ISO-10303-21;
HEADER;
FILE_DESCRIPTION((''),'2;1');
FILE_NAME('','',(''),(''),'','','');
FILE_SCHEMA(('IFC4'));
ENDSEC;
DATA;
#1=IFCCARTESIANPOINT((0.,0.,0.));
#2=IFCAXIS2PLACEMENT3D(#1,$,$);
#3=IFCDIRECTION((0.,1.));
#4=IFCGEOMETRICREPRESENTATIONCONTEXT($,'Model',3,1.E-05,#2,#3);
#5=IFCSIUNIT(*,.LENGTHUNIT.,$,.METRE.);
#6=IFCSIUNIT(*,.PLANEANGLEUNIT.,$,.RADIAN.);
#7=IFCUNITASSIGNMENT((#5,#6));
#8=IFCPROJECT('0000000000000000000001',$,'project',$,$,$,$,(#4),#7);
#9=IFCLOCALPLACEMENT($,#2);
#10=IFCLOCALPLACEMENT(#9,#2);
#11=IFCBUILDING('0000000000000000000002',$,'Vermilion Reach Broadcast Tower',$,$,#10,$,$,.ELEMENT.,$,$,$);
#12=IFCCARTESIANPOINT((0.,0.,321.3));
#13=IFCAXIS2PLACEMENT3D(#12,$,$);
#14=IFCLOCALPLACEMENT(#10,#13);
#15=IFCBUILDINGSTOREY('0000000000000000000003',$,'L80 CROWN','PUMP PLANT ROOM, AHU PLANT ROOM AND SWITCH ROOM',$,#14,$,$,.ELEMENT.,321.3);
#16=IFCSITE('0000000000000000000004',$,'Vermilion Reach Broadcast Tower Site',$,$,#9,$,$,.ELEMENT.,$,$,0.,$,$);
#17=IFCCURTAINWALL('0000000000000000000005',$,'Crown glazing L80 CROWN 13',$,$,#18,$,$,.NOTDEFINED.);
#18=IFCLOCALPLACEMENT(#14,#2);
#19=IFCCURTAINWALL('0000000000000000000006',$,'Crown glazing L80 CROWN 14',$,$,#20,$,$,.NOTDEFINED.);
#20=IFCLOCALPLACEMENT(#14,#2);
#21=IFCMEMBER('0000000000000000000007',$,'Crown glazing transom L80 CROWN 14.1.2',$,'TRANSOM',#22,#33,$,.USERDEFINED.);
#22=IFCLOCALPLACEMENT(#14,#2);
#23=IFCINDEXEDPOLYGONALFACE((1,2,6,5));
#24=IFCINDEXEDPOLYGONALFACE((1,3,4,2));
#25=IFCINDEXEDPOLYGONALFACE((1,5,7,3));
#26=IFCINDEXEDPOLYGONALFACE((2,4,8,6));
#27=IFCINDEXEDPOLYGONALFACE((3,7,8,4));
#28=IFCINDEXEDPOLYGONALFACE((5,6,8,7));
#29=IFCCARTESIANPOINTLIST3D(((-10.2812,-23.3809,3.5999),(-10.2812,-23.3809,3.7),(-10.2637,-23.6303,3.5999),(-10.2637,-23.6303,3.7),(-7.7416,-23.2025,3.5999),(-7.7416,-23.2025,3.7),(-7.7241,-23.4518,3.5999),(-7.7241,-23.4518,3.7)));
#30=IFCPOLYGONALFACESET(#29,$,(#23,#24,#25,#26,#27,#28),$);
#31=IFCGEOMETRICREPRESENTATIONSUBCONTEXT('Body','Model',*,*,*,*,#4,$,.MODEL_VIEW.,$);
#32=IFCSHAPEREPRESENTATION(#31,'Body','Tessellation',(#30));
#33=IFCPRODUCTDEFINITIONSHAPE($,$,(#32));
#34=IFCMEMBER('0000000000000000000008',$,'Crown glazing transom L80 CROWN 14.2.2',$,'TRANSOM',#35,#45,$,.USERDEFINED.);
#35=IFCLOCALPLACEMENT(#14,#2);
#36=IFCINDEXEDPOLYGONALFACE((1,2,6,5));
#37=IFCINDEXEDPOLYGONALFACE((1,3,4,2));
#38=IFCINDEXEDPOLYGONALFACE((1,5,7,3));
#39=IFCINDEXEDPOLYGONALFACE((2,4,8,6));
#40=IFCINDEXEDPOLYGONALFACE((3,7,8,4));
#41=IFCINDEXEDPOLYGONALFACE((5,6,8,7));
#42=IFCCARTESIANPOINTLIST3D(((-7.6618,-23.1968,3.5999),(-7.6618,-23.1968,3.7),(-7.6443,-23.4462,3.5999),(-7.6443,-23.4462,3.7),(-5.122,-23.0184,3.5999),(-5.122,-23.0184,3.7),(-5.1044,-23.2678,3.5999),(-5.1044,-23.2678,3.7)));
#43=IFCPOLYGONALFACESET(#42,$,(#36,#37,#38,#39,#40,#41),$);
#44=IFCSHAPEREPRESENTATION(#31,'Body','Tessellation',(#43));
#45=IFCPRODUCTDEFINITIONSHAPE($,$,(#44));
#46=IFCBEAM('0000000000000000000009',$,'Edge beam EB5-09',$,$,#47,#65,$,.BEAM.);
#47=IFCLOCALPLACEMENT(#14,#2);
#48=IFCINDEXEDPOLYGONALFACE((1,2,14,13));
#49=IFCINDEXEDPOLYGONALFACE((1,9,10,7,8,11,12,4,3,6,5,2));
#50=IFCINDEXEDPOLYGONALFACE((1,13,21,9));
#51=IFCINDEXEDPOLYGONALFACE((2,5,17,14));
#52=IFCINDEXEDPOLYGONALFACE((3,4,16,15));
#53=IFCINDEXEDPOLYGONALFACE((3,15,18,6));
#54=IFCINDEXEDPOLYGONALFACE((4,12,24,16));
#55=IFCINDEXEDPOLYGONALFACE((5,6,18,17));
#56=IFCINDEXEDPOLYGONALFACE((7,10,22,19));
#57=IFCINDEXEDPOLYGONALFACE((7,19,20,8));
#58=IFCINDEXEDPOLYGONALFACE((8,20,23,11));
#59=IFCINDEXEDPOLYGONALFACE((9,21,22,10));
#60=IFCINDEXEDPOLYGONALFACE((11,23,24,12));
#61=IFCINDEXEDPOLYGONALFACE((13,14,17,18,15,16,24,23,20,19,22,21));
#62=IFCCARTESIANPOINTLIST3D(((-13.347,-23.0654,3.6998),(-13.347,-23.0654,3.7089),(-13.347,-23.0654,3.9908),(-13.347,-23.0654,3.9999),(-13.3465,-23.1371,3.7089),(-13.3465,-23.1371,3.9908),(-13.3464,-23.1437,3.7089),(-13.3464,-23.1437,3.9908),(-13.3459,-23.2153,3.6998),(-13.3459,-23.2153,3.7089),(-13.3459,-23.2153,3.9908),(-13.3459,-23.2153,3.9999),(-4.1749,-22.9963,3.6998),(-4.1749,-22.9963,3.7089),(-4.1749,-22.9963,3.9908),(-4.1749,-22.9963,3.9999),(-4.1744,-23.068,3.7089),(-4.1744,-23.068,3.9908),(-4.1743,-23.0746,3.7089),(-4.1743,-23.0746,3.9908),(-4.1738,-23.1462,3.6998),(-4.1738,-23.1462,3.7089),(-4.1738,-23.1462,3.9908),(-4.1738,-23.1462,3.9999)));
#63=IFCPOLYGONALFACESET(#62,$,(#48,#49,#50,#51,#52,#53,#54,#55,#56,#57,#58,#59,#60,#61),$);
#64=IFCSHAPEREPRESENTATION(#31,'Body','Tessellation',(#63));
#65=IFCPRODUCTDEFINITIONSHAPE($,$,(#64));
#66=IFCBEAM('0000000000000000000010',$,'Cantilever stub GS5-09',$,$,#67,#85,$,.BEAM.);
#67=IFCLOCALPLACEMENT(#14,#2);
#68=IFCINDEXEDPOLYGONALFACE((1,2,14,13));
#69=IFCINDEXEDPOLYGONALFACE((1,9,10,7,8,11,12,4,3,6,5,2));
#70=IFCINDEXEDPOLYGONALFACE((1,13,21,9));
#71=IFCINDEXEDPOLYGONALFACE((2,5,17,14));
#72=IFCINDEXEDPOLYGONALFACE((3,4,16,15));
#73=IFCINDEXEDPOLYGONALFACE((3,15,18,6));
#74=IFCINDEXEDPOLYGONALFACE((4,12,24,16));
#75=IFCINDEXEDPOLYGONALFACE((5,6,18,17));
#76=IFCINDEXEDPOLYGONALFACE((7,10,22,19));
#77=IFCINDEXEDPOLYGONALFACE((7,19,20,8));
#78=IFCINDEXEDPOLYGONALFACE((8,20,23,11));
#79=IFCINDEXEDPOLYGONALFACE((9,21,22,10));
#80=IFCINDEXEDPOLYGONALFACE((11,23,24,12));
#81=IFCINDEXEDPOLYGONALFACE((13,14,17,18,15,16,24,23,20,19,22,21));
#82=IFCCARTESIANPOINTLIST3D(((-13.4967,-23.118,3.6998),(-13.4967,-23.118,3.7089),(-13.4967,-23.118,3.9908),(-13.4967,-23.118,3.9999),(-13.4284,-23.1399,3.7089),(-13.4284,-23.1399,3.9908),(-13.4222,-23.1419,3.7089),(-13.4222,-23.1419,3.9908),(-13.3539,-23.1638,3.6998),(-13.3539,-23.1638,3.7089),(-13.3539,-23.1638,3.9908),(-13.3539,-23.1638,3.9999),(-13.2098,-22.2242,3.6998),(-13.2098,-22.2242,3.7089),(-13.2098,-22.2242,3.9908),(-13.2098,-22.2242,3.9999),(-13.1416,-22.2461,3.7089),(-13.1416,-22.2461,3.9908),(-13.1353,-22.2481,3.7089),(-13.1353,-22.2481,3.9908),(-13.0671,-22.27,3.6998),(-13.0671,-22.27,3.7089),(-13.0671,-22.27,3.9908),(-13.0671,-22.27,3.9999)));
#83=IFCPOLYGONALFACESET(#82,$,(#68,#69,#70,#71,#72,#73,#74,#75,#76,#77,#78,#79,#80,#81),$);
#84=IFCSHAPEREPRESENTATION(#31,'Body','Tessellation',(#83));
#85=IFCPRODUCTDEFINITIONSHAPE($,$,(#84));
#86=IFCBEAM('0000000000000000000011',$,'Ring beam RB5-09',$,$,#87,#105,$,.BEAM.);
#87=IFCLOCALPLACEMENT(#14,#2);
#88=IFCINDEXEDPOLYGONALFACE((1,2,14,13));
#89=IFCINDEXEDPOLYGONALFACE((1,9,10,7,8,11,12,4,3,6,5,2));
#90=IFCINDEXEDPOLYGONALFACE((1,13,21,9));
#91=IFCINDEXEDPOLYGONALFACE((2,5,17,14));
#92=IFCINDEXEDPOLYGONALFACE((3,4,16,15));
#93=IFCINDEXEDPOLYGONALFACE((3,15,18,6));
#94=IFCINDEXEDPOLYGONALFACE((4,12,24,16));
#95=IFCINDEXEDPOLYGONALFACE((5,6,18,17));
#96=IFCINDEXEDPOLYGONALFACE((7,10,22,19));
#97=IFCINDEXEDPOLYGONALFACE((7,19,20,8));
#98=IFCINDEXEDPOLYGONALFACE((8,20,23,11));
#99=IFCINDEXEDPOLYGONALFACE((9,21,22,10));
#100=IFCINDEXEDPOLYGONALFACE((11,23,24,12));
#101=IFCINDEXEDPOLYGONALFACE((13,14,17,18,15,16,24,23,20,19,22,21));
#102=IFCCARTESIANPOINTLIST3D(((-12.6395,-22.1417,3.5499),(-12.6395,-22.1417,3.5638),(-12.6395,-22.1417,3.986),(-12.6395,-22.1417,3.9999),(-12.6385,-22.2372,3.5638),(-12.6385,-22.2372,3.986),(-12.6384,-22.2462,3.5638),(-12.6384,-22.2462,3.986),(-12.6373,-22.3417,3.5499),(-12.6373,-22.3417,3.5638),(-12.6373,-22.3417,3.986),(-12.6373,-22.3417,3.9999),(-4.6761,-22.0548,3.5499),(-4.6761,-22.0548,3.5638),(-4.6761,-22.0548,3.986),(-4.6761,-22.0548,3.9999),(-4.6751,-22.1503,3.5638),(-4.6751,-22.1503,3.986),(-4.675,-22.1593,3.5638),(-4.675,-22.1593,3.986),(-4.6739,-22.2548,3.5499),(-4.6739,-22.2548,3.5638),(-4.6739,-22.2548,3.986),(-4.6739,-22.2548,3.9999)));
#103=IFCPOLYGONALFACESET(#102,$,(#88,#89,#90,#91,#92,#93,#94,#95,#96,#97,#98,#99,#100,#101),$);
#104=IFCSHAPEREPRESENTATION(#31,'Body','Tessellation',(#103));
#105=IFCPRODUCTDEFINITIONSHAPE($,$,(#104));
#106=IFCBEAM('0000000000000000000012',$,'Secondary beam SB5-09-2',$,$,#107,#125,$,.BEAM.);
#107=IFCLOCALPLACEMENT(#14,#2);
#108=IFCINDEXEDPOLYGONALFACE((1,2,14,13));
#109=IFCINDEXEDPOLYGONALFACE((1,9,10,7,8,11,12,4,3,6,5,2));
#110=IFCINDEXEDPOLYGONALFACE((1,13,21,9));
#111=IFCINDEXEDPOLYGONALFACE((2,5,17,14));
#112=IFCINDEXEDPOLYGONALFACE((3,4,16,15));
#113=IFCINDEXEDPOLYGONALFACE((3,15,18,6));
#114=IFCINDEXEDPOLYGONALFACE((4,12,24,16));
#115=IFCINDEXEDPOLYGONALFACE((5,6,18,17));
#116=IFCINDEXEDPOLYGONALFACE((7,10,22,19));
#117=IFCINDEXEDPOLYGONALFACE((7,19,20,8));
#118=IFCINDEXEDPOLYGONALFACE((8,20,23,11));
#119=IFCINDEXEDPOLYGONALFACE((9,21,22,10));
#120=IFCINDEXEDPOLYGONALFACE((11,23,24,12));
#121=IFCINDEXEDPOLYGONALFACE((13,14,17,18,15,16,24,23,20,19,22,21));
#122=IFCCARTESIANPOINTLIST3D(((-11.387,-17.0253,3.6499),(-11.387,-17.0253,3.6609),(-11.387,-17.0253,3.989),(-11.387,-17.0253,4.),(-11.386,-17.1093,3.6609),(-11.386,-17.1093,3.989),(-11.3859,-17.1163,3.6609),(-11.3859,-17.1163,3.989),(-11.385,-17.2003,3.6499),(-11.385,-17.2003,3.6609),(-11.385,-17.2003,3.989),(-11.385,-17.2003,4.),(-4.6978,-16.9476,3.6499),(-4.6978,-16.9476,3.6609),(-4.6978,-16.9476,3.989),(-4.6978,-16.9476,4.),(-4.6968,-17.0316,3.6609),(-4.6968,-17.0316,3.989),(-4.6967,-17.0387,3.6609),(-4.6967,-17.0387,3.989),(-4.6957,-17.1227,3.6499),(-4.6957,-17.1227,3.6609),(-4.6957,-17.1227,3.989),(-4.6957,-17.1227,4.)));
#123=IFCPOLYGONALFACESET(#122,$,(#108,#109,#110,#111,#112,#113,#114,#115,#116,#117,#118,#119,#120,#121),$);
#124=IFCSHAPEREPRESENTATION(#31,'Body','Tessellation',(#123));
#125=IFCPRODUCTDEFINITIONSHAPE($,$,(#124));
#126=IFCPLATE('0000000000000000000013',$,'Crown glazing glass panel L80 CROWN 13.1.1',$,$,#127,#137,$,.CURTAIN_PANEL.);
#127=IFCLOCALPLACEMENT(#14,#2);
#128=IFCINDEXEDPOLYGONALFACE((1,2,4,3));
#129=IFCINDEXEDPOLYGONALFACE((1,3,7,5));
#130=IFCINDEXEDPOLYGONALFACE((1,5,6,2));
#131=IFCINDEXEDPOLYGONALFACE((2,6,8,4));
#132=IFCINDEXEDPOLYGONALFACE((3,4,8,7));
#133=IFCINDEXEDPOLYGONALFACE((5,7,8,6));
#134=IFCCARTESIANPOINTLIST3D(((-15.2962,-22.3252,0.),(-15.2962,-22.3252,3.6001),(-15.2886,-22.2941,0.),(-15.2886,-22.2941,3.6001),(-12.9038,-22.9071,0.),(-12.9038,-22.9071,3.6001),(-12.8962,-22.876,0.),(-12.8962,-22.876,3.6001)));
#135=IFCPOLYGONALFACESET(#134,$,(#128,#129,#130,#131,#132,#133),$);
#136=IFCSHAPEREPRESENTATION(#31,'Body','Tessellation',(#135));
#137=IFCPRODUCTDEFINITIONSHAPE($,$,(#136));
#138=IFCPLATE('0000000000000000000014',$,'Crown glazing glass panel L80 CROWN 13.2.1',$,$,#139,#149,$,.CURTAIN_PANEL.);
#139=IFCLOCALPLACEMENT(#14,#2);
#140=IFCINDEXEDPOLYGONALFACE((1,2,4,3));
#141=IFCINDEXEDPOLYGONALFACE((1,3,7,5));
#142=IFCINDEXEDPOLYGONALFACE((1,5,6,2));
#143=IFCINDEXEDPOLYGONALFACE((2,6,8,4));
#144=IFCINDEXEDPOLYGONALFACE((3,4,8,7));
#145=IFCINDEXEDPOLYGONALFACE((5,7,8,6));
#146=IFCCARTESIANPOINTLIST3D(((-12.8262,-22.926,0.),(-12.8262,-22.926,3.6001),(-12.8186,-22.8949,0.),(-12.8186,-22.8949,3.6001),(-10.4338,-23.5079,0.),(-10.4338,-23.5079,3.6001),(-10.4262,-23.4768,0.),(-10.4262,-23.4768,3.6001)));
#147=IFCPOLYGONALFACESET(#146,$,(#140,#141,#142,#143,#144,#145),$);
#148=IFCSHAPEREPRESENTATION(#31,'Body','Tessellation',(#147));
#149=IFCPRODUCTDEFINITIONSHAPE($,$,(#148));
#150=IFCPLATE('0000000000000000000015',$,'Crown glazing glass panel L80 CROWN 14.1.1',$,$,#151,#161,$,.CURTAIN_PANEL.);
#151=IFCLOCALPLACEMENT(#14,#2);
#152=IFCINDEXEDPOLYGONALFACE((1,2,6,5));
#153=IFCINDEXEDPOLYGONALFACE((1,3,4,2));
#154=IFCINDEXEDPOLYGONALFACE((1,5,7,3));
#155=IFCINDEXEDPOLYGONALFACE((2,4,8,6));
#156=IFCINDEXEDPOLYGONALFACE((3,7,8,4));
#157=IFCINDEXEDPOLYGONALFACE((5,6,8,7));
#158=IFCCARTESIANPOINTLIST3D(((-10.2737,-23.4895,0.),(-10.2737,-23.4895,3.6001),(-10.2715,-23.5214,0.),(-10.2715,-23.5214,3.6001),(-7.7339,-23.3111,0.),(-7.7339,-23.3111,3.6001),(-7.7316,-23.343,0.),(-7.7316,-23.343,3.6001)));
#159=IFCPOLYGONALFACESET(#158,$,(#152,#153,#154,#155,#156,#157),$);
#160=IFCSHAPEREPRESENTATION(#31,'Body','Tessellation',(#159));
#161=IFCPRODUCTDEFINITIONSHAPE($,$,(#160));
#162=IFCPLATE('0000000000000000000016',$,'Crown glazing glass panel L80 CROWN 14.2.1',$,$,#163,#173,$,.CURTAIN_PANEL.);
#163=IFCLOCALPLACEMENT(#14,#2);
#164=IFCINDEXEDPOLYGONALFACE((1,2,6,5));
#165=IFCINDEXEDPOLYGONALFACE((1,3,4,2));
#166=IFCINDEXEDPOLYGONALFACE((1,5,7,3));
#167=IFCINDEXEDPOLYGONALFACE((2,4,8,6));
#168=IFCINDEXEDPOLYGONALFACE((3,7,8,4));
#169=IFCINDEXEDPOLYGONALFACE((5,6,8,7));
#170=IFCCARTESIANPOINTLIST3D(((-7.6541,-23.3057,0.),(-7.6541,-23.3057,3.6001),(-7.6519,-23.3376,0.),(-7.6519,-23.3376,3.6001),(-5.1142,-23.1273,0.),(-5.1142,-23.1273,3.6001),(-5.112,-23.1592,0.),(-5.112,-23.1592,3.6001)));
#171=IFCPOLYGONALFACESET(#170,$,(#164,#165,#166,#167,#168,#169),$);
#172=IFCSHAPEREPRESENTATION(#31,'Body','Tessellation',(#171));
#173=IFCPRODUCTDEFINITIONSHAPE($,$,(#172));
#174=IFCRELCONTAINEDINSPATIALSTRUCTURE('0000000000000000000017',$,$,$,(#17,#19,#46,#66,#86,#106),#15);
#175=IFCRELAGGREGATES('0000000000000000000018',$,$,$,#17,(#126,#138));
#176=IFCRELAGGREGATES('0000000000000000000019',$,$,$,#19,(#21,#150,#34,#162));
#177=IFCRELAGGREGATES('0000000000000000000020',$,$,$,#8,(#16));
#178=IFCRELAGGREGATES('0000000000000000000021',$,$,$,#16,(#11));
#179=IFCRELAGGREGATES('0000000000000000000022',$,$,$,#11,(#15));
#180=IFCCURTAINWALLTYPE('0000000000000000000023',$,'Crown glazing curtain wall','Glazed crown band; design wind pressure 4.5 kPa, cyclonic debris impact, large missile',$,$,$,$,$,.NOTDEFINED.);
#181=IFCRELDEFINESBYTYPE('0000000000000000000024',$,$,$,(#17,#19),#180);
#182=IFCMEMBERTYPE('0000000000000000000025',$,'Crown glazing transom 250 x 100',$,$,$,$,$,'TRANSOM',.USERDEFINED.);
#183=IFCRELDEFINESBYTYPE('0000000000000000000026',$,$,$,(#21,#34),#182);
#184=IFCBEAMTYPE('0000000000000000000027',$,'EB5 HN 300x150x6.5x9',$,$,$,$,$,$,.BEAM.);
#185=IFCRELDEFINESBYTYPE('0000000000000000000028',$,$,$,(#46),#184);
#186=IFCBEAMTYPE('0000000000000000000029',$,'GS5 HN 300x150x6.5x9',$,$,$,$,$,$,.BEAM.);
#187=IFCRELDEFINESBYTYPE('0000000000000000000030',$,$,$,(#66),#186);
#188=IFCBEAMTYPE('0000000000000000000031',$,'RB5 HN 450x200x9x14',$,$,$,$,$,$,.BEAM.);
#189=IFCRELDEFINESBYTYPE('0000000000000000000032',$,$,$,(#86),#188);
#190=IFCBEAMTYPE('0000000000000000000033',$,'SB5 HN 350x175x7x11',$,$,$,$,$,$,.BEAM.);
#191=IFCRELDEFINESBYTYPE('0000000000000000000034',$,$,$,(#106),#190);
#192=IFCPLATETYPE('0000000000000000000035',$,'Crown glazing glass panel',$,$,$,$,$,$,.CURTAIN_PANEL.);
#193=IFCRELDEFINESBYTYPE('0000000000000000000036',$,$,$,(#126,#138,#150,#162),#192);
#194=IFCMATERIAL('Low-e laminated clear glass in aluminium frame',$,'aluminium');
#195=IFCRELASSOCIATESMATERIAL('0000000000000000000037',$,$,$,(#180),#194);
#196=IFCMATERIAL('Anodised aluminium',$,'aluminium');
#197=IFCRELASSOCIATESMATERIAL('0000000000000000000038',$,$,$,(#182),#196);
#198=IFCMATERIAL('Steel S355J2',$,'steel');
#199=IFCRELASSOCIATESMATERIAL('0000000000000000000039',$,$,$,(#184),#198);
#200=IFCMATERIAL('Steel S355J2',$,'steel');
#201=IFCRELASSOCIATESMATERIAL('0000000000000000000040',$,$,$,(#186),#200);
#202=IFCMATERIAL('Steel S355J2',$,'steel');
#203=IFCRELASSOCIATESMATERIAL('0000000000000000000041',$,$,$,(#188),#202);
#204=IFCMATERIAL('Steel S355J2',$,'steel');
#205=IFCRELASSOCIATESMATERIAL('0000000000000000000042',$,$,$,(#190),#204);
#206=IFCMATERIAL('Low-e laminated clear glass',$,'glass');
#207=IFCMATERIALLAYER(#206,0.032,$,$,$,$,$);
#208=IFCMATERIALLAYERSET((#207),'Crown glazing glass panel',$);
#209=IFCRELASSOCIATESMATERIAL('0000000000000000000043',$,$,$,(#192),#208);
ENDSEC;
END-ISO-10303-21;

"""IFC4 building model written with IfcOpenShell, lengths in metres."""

from ifc_helpers import new_model, si_unit, direction, frame, origin, origin_2d, place, context, subcontext, project, spatial, rectangle, i_section, extrude, material, layer, layer_set, material_profile, profile_set, type_object, element, aggregate, save


model = new_model("IFC4")

# Units and contexts
model_context = context("Model", 3, precision=1e-05, world=origin(), true_north=direction((0.0, 1.0)))
body_context = subcontext(model_context, "Body", "Model", "MODEL_VIEW")
ifc_project = project(units=[si_unit("LENGTHUNIT", "METRE"), si_unit("PLANEANGLEUNIT", "RADIAN")], contexts=[model_context])

# Site, building, storey
site_placement = place(None, origin())
site = spatial("IfcSite", under=ifc_project, at=site_placement, Name="Vermilion Reach Broadcast Tower Site", CompositionType="ELEMENT", RefElevation=0.0)
building_placement = place(site_placement, origin())
building = spatial("IfcBuilding", under=site, at=building_placement, Name="Vermilion Reach Broadcast Tower", CompositionType="ELEMENT")
storey_placement = place(building_placement, frame((0.0, 0.0, 321.3)))
storey = spatial("IfcBuildingStorey", under=building, at=storey_placement, Name="L80 CROWN", Description="PUMP PLANT ROOM, AHU PLANT ROOM AND SWITCH ROOM", CompositionType="ELEMENT", Elevation=321.3)

# Shared definitions
ifc_material_1 = material(Name="Low-e laminated clear glass in aluminium frame", Category="aluminium")
curtain_wall_type = type_object("IfcCurtainWallType", Name="Crown glazing curtain wall", Description="Glazed crown band; design wind pressure 4.5 kPa, cyclonic debris impact, large missile", PredefinedType="NOTDEFINED", material=ifc_material_1)
placement = place(storey_placement, origin())

# Curtain walls
curtain_wall_1 = element("IfcCurtainWall", 1, at=placement, inside=storey, type_object=curtain_wall_type, Name="Crown glazing L80 CROWN 13", PredefinedType="NOTDEFINED")
curtain_wall_2 = element("IfcCurtainWall", 2, at=placement, inside=storey, type_object=curtain_wall_type, Name="Crown glazing L80 CROWN 14", PredefinedType="NOTDEFINED")

# Members
ifc_material_2 = material(Name="Anodised aluminium", Category="aluminium")
ifc_material_profile_1 = material_profile(ifc_material_2, rectangle(XDim=0.25, YDim=0.1001, at=origin_2d()), Name="Crown glazing transom 250 x 100")
ifc_profile_set_1 = profile_set([ifc_material_profile_1], Name="Anodised aluminium")
member_type_1 = type_object("IfcMemberType", Name="Crown glazing transom 250 x 100", ElementType="TRANSOM", PredefinedType="USERDEFINED", material=ifc_profile_set_1)
member_1_placement = place(storey_placement, frame((-10.2725, -23.5056, 3.6499), z_axis=(0.99754, 0.070102, 0.0), x_axis=(-0.070102, 0.99754, 0.0)))
member_1 = element("IfcMember", 3, at=member_1_placement, type_object=member_type_1, Name="Crown glazing transom L80 CROWN 14.1.2", ObjectType="TRANSOM", PredefinedType="USERDEFINED", context=body_context, shape_type="SweptSolid", body=[
    extrude(rectangle(XDim=0.25, YDim=0.1001, at=origin_2d()), origin(), (0.0, 0.0, 1.0), 2.5459),
])
member_2_placement = place(storey_placement, frame((-7.6531, -23.3215, 3.6499), z_axis=(0.99754, 0.070095, 0.0), x_axis=(-0.070095, 0.99754, 0.0)))
member_2 = element("IfcMember", 4, at=member_2_placement, type_object=member_type_1, Name="Crown glazing transom L80 CROWN 14.2.2", ObjectType="TRANSOM", PredefinedType="USERDEFINED", context=body_context, shape_type="SweptSolid", body=[
    extrude(rectangle(XDim=0.25, YDim=0.1001, at=origin_2d()), origin(), (0.0, 0.0, 1.0), 2.5461),
])

# Beams
ifc_material_3 = material(Name="Steel S355J2", Category="steel")
ifc_material_profile_2 = material_profile(ifc_material_3, i_section(OverallWidth=0.1499, OverallDepth=0.3, WebThickness=0.0066, FlangeThickness=0.009, at=origin_2d()), Name="S355J2 HN 300x150x6.5x9")
ifc_profile_set_2 = profile_set([ifc_material_profile_2], Name="Steel S355J2")
beam_type_1 = type_object("IfcBeamType", Name="EB5 HN 300x150x6.5x9", PredefinedType="BEAM", material=ifc_profile_set_2)
beam_1_placement = place(storey_placement, frame((-13.3464, -23.1404, 3.8499), z_axis=(0.999972, 0.007533, 0.0), x_axis=(-0.007533, 0.999972, 0.0)))
element("IfcBeam", 5, at=beam_1_placement, inside=storey, type_object=beam_type_1, Name="Edge beam EB5-09", PredefinedType="BEAM", context=body_context, shape_type="SweptSolid", body=[
    extrude(i_section(OverallWidth=0.1499, OverallDepth=0.3, WebThickness=0.0066, FlangeThickness=0.009, at=origin_2d()), origin(), (0.0, 0.0, 1.0), 9.1724),
])
ifc_material_4 = material(Name="Steel S355J2", Category="steel")
ifc_material_profile_3 = material_profile(ifc_material_4, i_section(OverallWidth=0.1499, OverallDepth=0.3, WebThickness=0.0066, FlangeThickness=0.009, at=origin_2d()), Name="S355J2 HN 300x150x6.5x9")
ifc_profile_set_3 = profile_set([ifc_material_profile_3], Name="Steel S355J2")
beam_type_2 = type_object("IfcBeamType", Name="GS5 HN 300x150x6.5x9", PredefinedType="BEAM", material=ifc_profile_set_3)
beam_2_placement = place(storey_placement, frame((-13.1384, -22.2471, 3.8499), z_axis=(-0.305597, -0.952161, 0.0), x_axis=(0.952161, -0.305597, 0.0)))
element("IfcBeam", 6, at=beam_2_placement, inside=storey, type_object=beam_type_2, Name="Cantilever stub GS5-09", PredefinedType="BEAM", context=body_context, shape_type="SweptSolid", body=[
    extrude(i_section(OverallWidth=0.1499, OverallDepth=0.3, WebThickness=0.0066, FlangeThickness=0.009, at=origin_2d()), origin(), (0.0, 0.0, 1.0), 0.9387),
])
ifc_material_5 = material(Name="Steel S355J2", Category="steel")
ifc_material_profile_4 = material_profile(ifc_material_5, i_section(OverallWidth=0.2, OverallDepth=0.45, WebThickness=0.009, FlangeThickness=0.0139, at=origin_2d()), Name="S355J2 HN 450x200x9x14")
ifc_profile_set_4 = profile_set([ifc_material_profile_4], Name="Steel S355J2")
beam_type_3 = type_object("IfcBeamType", Name="RB5 HN 450x200x9x14", PredefinedType="BEAM", material=ifc_profile_set_4)
beam_3_placement = place(storey_placement, frame((-12.6384, -22.2417, 3.7749), z_axis=(0.99994, 0.010914, 0.0), x_axis=(-0.010914, 0.99994, 0.0)))
element("IfcBeam", 7, at=beam_3_placement, inside=storey, type_object=beam_type_3, Name="Ring beam RB5-09", PredefinedType="BEAM", context=body_context, shape_type="SweptSolid", body=[
    extrude(i_section(OverallWidth=0.2, OverallDepth=0.45, WebThickness=0.009, FlangeThickness=0.0139, at=origin_2d()), origin(), (0.0, 0.0, 1.0), 7.9639),
])
ifc_material_6 = material(Name="Steel S355J2", Category="steel")
ifc_material_profile_5 = material_profile(ifc_material_6, i_section(OverallWidth=0.175, OverallDepth=0.3501, WebThickness=0.0071, FlangeThickness=0.011, at=origin_2d()), Name="S355J2 HN 350x175x7x11")
ifc_profile_set_5 = profile_set([ifc_material_profile_5], Name="Steel S355J2")
beam_type_4 = type_object("IfcBeamType", Name="SB5 HN 350x175x7x11", PredefinedType="BEAM", material=ifc_profile_set_5)
beam_4_placement = place(storey_placement, frame((-11.386, -17.1128, 3.825), z_axis=(0.999933, 0.011605, 0.0), x_axis=(-0.011605, 0.999933, 0.0)))
element("IfcBeam", 8, at=beam_4_placement, inside=storey, type_object=beam_type_4, Name="Secondary beam SB5-09-2", PredefinedType="BEAM", context=body_context, shape_type="SweptSolid", body=[
    extrude(i_section(OverallWidth=0.175, OverallDepth=0.3501, WebThickness=0.0071, FlangeThickness=0.011, at=origin_2d()), origin(), (0.0, 0.0, 1.0), 6.6897),
])

# Plates
ifc_material_7 = material(Name="Low-e laminated clear glass", Category="glass")
ifc_layer_1 = layer(ifc_material_7, 0.032)
ifc_layer_set_1 = layer_set([ifc_layer_1], Name="Crown glazing glass panel")
plate_type = type_object("IfcPlateType", Name="Crown glazing glass panel", PredefinedType="CURTAIN_PANEL", material=ifc_layer_set_1)
plate_1_placement = place(storey_placement, frame((-14.0962, -22.6006, 0.0), z_axis=(0.0, 0.0, 1.0), x_axis=(0.971667, -0.236354, 0.0)))
plate_1 = element("IfcPlate", 9, at=plate_1_placement, type_object=plate_type, Name="Crown glazing glass panel L80 CROWN 13.1.1", PredefinedType="CURTAIN_PANEL", context=body_context, shape_type="SweptSolid", body=[
    extrude(rectangle(XDim=2.4622, YDim=0.032, at=origin_2d()), origin(), (0.0, 0.0, 1.0), 3.6001),
])
plate_2_placement = place(storey_placement, frame((-11.6262, -23.2014, 0.0), z_axis=(0.0, 0.0, 1.0), x_axis=(0.971667, -0.236354, 0.0)))
plate_2 = element("IfcPlate", 10, at=plate_2_placement, type_object=plate_type, Name="Crown glazing glass panel L80 CROWN 13.2.1", PredefinedType="CURTAIN_PANEL", context=body_context, shape_type="SweptSolid", body=[
    extrude(rectangle(XDim=2.4622, YDim=0.032, at=origin_2d()), origin(), (0.0, 0.0, 1.0), 3.6001),
])
aggregate(curtain_wall_1, [plate_1, plate_2])
plate_3_placement = place(storey_placement, frame((-9.0027, -23.4163, 0.0), z_axis=(0.0, 0.0, 1.0), x_axis=(0.997541, 0.070082, 0.0)))
plate_3 = element("IfcPlate", 11, at=plate_3_placement, type_object=plate_type, Name="Crown glazing glass panel L80 CROWN 14.1.1", PredefinedType="CURTAIN_PANEL", context=body_context, shape_type="SweptSolid", body=[
    extrude(rectangle(XDim=2.5461, YDim=0.032, at=origin_2d()), origin(), (0.0, 0.0, 1.0), 3.6001),
])
plate_4_placement = place(storey_placement, frame((-6.3831, -23.2324, 0.0), z_axis=(0.0, 0.0, 1.0), x_axis=(0.997541, 0.070082, 0.0)))
plate_4 = element("IfcPlate", 12, at=plate_4_placement, type_object=plate_type, Name="Crown glazing glass panel L80 CROWN 14.2.1", PredefinedType="CURTAIN_PANEL", context=body_context, shape_type="SweptSolid", body=[
    extrude(rectangle(XDim=2.5461, YDim=0.032, at=origin_2d()), origin(), (0.0, 0.0, 1.0), 3.6001),
])
aggregate(curtain_wall_2, [member_1, plate_3, member_2, plate_4])

save(model, "model.ifc")
